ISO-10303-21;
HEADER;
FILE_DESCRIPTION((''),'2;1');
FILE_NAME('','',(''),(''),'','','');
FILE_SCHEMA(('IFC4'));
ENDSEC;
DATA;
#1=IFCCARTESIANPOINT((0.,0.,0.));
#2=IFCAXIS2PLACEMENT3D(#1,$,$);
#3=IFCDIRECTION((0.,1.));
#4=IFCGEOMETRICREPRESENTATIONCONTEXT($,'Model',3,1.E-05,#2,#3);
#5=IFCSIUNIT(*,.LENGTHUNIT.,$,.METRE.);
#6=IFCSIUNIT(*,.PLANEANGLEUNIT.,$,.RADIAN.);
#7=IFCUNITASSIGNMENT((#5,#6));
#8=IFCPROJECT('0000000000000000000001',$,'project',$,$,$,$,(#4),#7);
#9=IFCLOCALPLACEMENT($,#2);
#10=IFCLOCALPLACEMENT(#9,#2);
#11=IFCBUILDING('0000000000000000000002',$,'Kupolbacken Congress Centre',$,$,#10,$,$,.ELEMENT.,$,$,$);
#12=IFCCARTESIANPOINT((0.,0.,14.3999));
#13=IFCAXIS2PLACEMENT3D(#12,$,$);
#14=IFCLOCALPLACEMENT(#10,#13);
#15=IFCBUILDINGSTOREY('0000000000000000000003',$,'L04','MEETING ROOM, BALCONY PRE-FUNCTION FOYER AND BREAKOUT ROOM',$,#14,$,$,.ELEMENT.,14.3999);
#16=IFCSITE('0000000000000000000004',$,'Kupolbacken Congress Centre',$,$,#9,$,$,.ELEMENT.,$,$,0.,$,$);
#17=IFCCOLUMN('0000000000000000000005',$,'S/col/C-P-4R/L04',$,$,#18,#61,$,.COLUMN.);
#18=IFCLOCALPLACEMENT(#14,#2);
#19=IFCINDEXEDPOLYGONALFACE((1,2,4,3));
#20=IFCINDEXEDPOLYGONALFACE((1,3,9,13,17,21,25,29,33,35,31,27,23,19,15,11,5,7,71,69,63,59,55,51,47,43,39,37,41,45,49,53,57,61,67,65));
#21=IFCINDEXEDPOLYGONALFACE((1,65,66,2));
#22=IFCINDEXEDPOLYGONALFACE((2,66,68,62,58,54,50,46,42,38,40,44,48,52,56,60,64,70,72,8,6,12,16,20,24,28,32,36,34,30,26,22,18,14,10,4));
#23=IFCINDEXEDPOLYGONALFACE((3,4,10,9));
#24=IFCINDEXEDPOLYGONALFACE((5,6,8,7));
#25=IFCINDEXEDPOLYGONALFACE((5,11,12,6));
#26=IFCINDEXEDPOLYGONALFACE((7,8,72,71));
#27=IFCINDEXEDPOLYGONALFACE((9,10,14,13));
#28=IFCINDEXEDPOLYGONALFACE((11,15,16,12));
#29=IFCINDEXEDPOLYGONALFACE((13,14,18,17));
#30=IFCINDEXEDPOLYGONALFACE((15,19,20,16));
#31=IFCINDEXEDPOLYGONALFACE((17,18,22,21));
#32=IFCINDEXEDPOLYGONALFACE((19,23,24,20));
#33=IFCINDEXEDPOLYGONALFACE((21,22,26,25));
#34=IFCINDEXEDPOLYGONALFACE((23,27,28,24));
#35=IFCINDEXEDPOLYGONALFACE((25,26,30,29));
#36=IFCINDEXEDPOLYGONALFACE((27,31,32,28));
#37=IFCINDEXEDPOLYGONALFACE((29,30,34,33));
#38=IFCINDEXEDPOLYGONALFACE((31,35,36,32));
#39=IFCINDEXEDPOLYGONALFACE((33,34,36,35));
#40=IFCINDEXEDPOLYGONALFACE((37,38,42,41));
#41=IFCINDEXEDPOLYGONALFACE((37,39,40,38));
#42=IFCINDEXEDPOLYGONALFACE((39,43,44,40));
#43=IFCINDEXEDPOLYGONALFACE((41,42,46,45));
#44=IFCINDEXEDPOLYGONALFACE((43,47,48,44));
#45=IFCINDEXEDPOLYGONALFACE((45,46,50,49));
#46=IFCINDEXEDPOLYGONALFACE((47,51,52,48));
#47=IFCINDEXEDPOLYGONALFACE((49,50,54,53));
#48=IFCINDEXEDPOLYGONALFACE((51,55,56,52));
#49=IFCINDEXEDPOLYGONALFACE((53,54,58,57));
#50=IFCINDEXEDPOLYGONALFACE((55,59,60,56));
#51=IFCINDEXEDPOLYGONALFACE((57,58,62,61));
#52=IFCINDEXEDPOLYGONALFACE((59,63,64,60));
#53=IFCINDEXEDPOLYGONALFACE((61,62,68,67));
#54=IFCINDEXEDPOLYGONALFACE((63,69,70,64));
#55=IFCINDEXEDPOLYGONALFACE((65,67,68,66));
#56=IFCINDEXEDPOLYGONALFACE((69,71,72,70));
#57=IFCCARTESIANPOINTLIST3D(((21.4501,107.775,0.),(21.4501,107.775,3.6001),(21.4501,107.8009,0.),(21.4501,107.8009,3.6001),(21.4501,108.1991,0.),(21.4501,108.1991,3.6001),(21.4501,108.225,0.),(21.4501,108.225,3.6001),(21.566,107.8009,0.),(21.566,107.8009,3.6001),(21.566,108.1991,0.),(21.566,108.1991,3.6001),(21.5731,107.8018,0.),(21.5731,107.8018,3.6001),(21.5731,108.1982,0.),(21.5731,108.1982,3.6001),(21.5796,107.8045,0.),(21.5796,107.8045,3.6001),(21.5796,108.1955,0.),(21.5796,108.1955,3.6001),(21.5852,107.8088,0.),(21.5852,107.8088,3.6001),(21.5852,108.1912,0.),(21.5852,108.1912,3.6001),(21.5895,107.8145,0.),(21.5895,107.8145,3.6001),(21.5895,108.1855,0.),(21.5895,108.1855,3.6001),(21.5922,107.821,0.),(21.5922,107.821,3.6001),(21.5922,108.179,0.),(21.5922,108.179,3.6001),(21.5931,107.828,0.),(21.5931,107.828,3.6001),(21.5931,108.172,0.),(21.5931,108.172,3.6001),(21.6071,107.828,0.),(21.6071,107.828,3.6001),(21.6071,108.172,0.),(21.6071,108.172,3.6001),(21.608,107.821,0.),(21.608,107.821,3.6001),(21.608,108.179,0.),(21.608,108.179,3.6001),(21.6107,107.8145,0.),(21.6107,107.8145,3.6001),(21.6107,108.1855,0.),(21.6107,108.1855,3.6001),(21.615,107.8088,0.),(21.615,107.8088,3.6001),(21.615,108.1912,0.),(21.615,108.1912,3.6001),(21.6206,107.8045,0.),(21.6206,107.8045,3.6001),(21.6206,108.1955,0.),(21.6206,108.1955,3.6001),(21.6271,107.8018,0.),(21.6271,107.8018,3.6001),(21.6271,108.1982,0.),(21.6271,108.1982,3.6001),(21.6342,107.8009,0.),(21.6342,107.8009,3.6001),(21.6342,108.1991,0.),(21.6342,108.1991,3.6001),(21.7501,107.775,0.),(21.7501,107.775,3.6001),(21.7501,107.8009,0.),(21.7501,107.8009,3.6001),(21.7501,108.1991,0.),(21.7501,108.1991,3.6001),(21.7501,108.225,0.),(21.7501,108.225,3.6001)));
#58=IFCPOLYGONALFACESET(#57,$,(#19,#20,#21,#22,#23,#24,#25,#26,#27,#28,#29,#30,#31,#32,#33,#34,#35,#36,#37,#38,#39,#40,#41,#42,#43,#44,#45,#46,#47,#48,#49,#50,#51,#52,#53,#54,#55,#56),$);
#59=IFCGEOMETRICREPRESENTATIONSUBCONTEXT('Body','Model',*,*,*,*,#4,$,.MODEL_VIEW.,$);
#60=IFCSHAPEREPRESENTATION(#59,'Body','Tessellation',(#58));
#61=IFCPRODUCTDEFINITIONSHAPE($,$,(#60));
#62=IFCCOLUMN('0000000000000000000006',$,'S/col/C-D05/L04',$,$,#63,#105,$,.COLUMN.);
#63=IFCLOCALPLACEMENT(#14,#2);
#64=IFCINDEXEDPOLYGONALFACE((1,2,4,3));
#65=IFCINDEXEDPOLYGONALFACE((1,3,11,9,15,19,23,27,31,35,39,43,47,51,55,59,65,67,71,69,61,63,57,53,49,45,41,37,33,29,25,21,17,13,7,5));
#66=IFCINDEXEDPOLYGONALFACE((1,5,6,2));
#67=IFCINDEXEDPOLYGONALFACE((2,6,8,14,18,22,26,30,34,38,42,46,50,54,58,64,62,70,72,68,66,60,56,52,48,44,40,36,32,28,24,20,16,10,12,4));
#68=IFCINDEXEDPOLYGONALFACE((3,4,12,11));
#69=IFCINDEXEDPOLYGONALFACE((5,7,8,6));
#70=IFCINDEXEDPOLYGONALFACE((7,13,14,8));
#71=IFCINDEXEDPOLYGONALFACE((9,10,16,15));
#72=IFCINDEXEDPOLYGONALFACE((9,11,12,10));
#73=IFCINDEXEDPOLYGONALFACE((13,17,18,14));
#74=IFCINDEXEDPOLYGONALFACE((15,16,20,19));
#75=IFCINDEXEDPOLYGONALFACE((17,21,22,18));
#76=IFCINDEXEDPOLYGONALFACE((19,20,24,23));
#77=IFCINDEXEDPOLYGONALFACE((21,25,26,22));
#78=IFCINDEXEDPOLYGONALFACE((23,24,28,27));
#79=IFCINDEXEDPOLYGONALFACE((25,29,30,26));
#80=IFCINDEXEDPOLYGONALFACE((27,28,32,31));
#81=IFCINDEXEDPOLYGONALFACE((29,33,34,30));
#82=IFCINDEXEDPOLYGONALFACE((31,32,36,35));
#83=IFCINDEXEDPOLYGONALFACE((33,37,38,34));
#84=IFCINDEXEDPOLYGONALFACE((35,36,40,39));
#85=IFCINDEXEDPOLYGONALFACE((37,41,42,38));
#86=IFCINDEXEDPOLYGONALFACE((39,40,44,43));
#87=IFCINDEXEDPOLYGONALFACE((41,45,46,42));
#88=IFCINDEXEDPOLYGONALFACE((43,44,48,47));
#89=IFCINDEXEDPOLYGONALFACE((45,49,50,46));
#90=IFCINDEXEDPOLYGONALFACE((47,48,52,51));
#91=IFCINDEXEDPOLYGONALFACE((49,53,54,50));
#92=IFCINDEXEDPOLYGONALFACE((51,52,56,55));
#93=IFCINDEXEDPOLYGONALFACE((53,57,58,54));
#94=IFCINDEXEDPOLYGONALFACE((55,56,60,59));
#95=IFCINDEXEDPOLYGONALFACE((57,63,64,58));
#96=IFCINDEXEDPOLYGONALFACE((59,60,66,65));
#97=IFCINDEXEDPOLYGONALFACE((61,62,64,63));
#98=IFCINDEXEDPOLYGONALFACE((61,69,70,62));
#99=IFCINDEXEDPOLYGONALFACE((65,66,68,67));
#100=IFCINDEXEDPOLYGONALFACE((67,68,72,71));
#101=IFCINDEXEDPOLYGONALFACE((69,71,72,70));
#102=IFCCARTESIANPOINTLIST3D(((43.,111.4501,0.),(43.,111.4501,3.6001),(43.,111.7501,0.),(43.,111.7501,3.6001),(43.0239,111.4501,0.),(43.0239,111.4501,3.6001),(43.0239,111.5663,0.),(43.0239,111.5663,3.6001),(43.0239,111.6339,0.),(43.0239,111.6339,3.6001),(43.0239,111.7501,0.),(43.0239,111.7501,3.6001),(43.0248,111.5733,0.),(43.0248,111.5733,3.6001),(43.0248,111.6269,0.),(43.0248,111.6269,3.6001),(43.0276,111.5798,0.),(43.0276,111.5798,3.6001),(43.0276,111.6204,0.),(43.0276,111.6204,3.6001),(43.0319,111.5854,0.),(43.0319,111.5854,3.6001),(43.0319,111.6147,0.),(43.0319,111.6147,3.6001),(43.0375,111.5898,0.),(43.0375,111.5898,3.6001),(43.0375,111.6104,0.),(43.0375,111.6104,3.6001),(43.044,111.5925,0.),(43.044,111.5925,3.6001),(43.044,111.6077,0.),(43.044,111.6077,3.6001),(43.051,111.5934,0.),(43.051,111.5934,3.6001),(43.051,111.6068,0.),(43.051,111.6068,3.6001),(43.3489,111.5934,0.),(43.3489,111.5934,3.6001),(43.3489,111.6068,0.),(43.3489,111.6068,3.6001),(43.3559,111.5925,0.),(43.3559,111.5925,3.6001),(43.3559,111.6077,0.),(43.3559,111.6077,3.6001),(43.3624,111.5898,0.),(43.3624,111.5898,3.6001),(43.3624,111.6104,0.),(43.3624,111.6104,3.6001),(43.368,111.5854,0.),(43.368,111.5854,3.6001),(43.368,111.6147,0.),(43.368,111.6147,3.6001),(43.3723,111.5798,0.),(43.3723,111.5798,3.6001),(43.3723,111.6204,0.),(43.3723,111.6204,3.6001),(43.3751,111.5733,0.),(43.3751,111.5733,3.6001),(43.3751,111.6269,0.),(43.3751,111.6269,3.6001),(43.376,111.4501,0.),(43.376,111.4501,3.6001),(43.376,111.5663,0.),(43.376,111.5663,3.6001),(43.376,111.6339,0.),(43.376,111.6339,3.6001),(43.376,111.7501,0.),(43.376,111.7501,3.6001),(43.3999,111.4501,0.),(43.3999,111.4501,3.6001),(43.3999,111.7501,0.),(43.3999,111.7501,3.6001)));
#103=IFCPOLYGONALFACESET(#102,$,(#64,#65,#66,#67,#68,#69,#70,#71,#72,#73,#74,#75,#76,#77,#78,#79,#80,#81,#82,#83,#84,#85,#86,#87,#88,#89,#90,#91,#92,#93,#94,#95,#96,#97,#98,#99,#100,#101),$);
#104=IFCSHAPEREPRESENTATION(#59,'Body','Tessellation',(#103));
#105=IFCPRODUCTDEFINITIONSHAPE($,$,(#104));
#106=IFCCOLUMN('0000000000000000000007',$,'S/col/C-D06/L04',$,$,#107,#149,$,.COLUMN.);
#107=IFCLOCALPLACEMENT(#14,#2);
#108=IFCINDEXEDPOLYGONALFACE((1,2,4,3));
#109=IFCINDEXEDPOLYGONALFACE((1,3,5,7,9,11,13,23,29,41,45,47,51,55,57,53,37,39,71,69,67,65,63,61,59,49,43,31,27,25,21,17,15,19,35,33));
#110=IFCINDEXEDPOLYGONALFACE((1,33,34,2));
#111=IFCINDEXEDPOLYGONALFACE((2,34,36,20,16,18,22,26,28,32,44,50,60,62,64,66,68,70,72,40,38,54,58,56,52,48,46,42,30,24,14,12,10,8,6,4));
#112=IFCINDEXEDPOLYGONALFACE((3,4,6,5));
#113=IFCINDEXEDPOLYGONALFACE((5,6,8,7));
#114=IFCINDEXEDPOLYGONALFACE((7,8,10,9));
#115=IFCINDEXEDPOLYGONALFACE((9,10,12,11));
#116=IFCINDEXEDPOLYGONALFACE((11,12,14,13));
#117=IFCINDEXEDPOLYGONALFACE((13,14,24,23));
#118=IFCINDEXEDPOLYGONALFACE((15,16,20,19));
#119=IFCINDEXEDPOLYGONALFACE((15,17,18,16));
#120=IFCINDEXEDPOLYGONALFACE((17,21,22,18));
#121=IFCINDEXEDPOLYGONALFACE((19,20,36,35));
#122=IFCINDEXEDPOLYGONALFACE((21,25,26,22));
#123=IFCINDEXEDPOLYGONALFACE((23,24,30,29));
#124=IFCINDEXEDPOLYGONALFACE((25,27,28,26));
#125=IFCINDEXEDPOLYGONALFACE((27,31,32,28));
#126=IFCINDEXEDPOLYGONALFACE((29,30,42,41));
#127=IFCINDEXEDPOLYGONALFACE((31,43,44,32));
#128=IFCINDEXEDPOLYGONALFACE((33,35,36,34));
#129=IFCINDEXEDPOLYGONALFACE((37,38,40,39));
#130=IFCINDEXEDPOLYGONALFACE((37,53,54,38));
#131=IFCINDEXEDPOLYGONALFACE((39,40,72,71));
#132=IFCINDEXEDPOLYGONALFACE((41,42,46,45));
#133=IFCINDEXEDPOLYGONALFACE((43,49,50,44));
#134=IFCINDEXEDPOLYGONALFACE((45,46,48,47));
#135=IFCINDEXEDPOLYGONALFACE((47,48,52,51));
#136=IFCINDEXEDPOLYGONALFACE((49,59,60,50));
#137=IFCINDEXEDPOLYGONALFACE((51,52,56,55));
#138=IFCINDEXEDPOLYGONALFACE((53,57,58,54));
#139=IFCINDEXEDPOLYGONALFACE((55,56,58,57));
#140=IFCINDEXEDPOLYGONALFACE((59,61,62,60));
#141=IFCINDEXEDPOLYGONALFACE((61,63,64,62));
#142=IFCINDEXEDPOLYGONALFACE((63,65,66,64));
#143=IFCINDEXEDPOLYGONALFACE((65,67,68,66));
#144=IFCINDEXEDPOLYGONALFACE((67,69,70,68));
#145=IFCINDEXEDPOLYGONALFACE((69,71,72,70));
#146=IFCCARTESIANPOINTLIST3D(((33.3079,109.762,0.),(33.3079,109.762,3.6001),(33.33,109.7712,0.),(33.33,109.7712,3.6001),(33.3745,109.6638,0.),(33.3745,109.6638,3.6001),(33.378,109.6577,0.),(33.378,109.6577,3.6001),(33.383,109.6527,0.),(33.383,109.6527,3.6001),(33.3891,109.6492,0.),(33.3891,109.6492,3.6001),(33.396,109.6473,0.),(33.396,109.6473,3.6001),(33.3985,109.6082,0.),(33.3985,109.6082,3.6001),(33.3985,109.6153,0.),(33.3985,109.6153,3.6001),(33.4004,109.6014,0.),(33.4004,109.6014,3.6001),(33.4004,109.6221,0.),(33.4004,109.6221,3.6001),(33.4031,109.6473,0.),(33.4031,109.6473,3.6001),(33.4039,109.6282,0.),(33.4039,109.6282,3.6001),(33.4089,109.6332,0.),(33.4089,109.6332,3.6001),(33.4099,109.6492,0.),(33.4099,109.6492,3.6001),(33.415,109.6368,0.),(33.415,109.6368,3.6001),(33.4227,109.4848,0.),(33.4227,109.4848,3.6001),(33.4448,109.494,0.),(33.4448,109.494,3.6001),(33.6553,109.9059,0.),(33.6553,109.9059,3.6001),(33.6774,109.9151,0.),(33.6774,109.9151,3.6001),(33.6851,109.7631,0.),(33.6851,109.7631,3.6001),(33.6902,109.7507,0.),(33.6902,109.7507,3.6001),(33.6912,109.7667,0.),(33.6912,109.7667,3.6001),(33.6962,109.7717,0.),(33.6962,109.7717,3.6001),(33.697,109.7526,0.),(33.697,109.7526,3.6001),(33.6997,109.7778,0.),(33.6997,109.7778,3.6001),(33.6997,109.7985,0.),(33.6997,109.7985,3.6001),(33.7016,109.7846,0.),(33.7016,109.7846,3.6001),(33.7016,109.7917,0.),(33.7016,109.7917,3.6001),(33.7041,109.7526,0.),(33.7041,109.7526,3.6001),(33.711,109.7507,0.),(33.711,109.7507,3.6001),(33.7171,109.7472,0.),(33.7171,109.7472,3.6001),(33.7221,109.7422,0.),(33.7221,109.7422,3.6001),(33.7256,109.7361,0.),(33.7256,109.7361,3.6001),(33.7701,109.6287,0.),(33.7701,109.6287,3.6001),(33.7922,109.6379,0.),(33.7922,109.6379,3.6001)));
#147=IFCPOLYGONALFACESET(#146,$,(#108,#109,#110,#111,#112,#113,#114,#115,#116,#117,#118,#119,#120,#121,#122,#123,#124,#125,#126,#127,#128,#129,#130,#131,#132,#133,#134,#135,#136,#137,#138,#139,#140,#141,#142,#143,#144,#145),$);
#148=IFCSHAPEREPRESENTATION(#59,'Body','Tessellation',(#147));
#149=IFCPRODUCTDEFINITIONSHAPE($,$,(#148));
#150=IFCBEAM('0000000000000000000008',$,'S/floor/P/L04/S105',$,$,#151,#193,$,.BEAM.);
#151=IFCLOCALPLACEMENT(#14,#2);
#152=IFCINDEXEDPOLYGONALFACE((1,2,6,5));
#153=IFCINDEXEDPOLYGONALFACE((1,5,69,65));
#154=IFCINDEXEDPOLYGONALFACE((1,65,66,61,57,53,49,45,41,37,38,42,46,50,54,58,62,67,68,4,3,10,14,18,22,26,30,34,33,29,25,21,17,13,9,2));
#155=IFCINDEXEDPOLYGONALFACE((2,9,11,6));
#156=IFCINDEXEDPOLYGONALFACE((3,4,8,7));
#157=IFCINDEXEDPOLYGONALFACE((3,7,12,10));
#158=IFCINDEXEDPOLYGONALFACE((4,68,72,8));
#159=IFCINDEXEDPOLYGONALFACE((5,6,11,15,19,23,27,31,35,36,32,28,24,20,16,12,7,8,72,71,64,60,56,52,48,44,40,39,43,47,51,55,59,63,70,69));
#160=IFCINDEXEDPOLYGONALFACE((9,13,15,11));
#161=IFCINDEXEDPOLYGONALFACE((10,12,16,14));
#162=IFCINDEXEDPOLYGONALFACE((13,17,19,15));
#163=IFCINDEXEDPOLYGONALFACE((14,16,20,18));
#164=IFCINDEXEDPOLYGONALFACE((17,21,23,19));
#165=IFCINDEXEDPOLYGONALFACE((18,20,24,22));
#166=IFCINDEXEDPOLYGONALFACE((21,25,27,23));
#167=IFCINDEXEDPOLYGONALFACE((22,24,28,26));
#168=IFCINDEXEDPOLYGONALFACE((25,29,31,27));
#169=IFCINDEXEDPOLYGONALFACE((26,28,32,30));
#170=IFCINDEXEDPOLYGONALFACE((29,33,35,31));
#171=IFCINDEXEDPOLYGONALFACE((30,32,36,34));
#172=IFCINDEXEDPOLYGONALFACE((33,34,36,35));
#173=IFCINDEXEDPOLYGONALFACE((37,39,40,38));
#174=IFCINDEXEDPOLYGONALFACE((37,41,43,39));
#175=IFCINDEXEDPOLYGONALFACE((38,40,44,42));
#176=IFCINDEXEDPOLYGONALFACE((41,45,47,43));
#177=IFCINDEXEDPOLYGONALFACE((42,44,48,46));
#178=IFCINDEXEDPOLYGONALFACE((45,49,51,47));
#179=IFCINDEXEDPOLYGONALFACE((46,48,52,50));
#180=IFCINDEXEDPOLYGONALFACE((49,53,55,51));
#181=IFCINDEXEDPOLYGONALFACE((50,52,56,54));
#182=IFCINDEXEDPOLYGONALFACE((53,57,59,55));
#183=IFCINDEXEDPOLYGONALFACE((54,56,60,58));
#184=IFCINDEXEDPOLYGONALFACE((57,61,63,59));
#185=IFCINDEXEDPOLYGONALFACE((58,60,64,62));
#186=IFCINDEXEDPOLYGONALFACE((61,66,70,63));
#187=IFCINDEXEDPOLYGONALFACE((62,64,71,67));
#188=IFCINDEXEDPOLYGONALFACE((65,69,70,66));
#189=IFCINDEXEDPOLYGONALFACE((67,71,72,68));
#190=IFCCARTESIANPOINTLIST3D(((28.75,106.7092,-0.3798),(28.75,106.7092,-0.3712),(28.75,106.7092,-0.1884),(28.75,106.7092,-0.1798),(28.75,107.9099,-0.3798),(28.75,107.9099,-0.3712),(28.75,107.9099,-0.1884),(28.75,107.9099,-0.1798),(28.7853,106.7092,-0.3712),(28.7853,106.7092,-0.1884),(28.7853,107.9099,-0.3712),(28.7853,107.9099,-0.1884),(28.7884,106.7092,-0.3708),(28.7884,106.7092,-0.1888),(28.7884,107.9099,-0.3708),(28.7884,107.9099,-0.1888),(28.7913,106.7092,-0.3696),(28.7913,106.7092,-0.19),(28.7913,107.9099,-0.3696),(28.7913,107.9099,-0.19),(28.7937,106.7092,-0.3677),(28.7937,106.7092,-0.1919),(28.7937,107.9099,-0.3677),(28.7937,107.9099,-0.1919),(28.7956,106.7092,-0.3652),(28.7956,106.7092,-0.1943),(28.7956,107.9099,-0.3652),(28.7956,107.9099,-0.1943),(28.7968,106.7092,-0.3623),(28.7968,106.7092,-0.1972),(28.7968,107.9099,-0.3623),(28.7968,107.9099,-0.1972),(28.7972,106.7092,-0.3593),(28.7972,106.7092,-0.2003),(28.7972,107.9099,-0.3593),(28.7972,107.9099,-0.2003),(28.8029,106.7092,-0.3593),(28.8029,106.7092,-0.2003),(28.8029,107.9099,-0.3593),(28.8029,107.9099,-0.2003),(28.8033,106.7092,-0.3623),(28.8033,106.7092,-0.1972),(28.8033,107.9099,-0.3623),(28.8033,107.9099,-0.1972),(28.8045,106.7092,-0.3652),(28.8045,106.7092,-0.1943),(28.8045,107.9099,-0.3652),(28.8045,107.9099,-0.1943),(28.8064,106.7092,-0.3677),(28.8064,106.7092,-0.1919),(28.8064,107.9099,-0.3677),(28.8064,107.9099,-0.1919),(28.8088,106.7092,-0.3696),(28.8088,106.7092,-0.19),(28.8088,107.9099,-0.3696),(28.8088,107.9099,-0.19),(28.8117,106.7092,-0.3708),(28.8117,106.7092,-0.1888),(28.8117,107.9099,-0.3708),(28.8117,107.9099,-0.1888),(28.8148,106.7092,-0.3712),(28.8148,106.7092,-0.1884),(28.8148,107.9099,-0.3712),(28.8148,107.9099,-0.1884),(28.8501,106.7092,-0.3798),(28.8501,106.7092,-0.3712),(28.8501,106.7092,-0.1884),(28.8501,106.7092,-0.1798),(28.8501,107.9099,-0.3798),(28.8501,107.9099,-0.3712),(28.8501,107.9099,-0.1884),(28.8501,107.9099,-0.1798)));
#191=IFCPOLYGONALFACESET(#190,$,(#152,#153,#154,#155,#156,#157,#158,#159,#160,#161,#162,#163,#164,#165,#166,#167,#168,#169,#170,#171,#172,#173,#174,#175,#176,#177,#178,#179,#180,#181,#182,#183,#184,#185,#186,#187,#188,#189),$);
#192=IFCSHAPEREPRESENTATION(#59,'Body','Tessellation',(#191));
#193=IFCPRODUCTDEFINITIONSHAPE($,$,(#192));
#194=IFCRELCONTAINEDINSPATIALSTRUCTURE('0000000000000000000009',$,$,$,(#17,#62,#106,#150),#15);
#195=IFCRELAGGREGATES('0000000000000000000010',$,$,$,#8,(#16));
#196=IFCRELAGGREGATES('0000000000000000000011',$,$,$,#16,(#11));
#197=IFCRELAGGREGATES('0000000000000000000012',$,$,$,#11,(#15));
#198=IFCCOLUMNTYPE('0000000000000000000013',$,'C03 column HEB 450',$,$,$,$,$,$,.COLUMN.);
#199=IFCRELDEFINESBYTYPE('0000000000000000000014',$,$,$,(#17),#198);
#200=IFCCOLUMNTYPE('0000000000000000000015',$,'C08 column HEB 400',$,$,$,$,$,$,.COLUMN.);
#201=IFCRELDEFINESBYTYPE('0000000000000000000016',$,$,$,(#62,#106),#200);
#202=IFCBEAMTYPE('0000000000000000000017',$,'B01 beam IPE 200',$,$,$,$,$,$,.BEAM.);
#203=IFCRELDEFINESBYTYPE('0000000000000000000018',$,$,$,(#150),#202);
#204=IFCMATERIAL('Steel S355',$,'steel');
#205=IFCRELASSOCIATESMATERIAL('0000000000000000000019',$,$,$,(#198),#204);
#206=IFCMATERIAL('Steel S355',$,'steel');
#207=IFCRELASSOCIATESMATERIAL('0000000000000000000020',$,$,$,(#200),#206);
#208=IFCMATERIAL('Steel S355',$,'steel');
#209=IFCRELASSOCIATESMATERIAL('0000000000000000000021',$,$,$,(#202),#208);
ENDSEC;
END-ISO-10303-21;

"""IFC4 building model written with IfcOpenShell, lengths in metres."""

from ifc_helpers import new_model, si_unit, direction, frame, origin, origin_2d, place, context, subcontext, project, spatial, i_section, extrude, material, material_profile, profile_set, type_object, element, save


model = new_model("IFC4")

# Units and contexts
model_context = context("Model", 3, precision=1e-05, world=origin(), true_north=direction((0.0, 1.0)))
body_context = subcontext(model_context, "Body", "Model", "MODEL_VIEW")
ifc_project = project(units=[si_unit("LENGTHUNIT", "METRE"), si_unit("PLANEANGLEUNIT", "RADIAN")], contexts=[model_context])

# Site, building, storey
site_placement = place(None, origin())
site = spatial("IfcSite", under=ifc_project, at=site_placement, Name="Kupolbacken Congress Centre", CompositionType="ELEMENT", RefElevation=0.0)
building_placement = place(site_placement, origin())
building = spatial("IfcBuilding", under=site, at=building_placement, Name="Kupolbacken Congress Centre", CompositionType="ELEMENT")
storey_placement = place(building_placement, frame((0.0, 0.0, 14.3999)))
storey = spatial("IfcBuildingStorey", under=building, at=storey_placement, Name="L04", Description="MEETING ROOM, BALCONY PRE-FUNCTION FOYER AND BREAKOUT ROOM", CompositionType="ELEMENT", Elevation=14.3999)

# Columns
ifc_material_1 = material(Name="Steel S355", Category="steel")
ifc_material_profile_1 = material_profile(ifc_material_1, i_section(OverallWidth=0.3, OverallDepth=0.45, WebThickness=0.0139, FlangeThickness=0.0259, FilletRadius=0.0271, at=origin_2d()), Name="HEB 450")
ifc_profile_set_1 = profile_set([ifc_material_profile_1], Name="Steel S355")
column_type_1 = type_object("IfcColumnType", Name="C03 column HEB 450", PredefinedType="COLUMN", material=ifc_profile_set_1)
column_placement = place(storey_placement, frame((21.6001, 108.0, 0.0), z_axis=(0.0, 0.0, 1.0), x_axis=(1.0, 0.0, 0.0)))
element("IfcColumn", 1, at=column_placement, inside=storey, type_object=column_type_1, Name="S/col/C-P-4R/L04", PredefinedType="COLUMN", context=body_context, shape_type="SweptSolid", body=[
    extrude(i_section(OverallWidth=0.3, OverallDepth=0.45, WebThickness=0.0139, FlangeThickness=0.0259, FilletRadius=0.0271, at=origin_2d()), origin(), (0.0, 0.0, 1.0), 3.6001),
])
ifc_material_2 = material(Name="Steel S355", Category="steel")
ifc_material_profile_2 = material_profile(ifc_material_2, i_section(OverallWidth=0.3, OverallDepth=0.3999, WebThickness=0.0134, FlangeThickness=0.0239, FilletRadius=0.0271, at=origin_2d()), Name="HEB 400")
ifc_profile_set_2 = profile_set([ifc_material_profile_2], Name="Steel S355")
column_type_2 = type_object("IfcColumnType", Name="C08 column HEB 400", PredefinedType="COLUMN", material=ifc_profile_set_2)
for number, where, z_axis, x_axis, name in (
    (2, (43.2, 111.6001, 0.0), (0.0, 0.0, 1.0), (0.0, 1.0, 0.0), "S/col/C-D05/L04"),
    (3, (33.55, 109.7, 0.0), (0.0, 0.0, 1.0), (-0.382644, 0.923896, 0.0), "S/col/C-D06/L04"),
):
    element("IfcColumn", number, at=place(storey_placement, frame(where, z_axis=z_axis, x_axis=x_axis)), inside=storey, type_object=column_type_2, Name=name, PredefinedType="COLUMN", context=body_context, shape_type="SweptSolid", body=[
        extrude(i_section(OverallWidth=0.3, OverallDepth=0.3999, WebThickness=0.0134, FlangeThickness=0.0239, FilletRadius=0.0271, at=origin_2d()), origin(), (0.0, 0.0, 1.0), 3.6001),
    ])

# Beam
ifc_material_3 = material(Name="Steel S355", Category="steel")
ifc_material_profile_3 = material_profile(ifc_material_3, i_section(OverallWidth=0.1001, OverallDepth=0.2, WebThickness=0.0056, FlangeThickness=0.0085, FilletRadius=0.012, at=origin_2d()), Name="IPE 200")
ifc_profile_set_3 = profile_set([ifc_material_profile_3], Name="Steel S355")
beam_type_1 = type_object("IfcBeamType", Name="B01 beam IPE 200", PredefinedType="BEAM", material=ifc_profile_set_3)
beam_1_placement = place(storey_placement, frame((28.8, 106.7092, -0.2798), z_axis=(0.0, 1.0, 0.0), x_axis=(-1.0, 0.0, 0.0)))
element("IfcBeam", 4, at=beam_1_placement, inside=storey, type_object=beam_type_1, Name="S/floor/P/L04/S105", PredefinedType="BEAM", context=body_context, shape_type="SweptSolid", body=[
    extrude(i_section(OverallWidth=0.1001, OverallDepth=0.2, WebThickness=0.0056, FlangeThickness=0.0085, FilletRadius=0.012, at=origin_2d()), origin(), (0.0, 0.0, 1.0), 1.2007),
])

save(model, "model.ifc")
